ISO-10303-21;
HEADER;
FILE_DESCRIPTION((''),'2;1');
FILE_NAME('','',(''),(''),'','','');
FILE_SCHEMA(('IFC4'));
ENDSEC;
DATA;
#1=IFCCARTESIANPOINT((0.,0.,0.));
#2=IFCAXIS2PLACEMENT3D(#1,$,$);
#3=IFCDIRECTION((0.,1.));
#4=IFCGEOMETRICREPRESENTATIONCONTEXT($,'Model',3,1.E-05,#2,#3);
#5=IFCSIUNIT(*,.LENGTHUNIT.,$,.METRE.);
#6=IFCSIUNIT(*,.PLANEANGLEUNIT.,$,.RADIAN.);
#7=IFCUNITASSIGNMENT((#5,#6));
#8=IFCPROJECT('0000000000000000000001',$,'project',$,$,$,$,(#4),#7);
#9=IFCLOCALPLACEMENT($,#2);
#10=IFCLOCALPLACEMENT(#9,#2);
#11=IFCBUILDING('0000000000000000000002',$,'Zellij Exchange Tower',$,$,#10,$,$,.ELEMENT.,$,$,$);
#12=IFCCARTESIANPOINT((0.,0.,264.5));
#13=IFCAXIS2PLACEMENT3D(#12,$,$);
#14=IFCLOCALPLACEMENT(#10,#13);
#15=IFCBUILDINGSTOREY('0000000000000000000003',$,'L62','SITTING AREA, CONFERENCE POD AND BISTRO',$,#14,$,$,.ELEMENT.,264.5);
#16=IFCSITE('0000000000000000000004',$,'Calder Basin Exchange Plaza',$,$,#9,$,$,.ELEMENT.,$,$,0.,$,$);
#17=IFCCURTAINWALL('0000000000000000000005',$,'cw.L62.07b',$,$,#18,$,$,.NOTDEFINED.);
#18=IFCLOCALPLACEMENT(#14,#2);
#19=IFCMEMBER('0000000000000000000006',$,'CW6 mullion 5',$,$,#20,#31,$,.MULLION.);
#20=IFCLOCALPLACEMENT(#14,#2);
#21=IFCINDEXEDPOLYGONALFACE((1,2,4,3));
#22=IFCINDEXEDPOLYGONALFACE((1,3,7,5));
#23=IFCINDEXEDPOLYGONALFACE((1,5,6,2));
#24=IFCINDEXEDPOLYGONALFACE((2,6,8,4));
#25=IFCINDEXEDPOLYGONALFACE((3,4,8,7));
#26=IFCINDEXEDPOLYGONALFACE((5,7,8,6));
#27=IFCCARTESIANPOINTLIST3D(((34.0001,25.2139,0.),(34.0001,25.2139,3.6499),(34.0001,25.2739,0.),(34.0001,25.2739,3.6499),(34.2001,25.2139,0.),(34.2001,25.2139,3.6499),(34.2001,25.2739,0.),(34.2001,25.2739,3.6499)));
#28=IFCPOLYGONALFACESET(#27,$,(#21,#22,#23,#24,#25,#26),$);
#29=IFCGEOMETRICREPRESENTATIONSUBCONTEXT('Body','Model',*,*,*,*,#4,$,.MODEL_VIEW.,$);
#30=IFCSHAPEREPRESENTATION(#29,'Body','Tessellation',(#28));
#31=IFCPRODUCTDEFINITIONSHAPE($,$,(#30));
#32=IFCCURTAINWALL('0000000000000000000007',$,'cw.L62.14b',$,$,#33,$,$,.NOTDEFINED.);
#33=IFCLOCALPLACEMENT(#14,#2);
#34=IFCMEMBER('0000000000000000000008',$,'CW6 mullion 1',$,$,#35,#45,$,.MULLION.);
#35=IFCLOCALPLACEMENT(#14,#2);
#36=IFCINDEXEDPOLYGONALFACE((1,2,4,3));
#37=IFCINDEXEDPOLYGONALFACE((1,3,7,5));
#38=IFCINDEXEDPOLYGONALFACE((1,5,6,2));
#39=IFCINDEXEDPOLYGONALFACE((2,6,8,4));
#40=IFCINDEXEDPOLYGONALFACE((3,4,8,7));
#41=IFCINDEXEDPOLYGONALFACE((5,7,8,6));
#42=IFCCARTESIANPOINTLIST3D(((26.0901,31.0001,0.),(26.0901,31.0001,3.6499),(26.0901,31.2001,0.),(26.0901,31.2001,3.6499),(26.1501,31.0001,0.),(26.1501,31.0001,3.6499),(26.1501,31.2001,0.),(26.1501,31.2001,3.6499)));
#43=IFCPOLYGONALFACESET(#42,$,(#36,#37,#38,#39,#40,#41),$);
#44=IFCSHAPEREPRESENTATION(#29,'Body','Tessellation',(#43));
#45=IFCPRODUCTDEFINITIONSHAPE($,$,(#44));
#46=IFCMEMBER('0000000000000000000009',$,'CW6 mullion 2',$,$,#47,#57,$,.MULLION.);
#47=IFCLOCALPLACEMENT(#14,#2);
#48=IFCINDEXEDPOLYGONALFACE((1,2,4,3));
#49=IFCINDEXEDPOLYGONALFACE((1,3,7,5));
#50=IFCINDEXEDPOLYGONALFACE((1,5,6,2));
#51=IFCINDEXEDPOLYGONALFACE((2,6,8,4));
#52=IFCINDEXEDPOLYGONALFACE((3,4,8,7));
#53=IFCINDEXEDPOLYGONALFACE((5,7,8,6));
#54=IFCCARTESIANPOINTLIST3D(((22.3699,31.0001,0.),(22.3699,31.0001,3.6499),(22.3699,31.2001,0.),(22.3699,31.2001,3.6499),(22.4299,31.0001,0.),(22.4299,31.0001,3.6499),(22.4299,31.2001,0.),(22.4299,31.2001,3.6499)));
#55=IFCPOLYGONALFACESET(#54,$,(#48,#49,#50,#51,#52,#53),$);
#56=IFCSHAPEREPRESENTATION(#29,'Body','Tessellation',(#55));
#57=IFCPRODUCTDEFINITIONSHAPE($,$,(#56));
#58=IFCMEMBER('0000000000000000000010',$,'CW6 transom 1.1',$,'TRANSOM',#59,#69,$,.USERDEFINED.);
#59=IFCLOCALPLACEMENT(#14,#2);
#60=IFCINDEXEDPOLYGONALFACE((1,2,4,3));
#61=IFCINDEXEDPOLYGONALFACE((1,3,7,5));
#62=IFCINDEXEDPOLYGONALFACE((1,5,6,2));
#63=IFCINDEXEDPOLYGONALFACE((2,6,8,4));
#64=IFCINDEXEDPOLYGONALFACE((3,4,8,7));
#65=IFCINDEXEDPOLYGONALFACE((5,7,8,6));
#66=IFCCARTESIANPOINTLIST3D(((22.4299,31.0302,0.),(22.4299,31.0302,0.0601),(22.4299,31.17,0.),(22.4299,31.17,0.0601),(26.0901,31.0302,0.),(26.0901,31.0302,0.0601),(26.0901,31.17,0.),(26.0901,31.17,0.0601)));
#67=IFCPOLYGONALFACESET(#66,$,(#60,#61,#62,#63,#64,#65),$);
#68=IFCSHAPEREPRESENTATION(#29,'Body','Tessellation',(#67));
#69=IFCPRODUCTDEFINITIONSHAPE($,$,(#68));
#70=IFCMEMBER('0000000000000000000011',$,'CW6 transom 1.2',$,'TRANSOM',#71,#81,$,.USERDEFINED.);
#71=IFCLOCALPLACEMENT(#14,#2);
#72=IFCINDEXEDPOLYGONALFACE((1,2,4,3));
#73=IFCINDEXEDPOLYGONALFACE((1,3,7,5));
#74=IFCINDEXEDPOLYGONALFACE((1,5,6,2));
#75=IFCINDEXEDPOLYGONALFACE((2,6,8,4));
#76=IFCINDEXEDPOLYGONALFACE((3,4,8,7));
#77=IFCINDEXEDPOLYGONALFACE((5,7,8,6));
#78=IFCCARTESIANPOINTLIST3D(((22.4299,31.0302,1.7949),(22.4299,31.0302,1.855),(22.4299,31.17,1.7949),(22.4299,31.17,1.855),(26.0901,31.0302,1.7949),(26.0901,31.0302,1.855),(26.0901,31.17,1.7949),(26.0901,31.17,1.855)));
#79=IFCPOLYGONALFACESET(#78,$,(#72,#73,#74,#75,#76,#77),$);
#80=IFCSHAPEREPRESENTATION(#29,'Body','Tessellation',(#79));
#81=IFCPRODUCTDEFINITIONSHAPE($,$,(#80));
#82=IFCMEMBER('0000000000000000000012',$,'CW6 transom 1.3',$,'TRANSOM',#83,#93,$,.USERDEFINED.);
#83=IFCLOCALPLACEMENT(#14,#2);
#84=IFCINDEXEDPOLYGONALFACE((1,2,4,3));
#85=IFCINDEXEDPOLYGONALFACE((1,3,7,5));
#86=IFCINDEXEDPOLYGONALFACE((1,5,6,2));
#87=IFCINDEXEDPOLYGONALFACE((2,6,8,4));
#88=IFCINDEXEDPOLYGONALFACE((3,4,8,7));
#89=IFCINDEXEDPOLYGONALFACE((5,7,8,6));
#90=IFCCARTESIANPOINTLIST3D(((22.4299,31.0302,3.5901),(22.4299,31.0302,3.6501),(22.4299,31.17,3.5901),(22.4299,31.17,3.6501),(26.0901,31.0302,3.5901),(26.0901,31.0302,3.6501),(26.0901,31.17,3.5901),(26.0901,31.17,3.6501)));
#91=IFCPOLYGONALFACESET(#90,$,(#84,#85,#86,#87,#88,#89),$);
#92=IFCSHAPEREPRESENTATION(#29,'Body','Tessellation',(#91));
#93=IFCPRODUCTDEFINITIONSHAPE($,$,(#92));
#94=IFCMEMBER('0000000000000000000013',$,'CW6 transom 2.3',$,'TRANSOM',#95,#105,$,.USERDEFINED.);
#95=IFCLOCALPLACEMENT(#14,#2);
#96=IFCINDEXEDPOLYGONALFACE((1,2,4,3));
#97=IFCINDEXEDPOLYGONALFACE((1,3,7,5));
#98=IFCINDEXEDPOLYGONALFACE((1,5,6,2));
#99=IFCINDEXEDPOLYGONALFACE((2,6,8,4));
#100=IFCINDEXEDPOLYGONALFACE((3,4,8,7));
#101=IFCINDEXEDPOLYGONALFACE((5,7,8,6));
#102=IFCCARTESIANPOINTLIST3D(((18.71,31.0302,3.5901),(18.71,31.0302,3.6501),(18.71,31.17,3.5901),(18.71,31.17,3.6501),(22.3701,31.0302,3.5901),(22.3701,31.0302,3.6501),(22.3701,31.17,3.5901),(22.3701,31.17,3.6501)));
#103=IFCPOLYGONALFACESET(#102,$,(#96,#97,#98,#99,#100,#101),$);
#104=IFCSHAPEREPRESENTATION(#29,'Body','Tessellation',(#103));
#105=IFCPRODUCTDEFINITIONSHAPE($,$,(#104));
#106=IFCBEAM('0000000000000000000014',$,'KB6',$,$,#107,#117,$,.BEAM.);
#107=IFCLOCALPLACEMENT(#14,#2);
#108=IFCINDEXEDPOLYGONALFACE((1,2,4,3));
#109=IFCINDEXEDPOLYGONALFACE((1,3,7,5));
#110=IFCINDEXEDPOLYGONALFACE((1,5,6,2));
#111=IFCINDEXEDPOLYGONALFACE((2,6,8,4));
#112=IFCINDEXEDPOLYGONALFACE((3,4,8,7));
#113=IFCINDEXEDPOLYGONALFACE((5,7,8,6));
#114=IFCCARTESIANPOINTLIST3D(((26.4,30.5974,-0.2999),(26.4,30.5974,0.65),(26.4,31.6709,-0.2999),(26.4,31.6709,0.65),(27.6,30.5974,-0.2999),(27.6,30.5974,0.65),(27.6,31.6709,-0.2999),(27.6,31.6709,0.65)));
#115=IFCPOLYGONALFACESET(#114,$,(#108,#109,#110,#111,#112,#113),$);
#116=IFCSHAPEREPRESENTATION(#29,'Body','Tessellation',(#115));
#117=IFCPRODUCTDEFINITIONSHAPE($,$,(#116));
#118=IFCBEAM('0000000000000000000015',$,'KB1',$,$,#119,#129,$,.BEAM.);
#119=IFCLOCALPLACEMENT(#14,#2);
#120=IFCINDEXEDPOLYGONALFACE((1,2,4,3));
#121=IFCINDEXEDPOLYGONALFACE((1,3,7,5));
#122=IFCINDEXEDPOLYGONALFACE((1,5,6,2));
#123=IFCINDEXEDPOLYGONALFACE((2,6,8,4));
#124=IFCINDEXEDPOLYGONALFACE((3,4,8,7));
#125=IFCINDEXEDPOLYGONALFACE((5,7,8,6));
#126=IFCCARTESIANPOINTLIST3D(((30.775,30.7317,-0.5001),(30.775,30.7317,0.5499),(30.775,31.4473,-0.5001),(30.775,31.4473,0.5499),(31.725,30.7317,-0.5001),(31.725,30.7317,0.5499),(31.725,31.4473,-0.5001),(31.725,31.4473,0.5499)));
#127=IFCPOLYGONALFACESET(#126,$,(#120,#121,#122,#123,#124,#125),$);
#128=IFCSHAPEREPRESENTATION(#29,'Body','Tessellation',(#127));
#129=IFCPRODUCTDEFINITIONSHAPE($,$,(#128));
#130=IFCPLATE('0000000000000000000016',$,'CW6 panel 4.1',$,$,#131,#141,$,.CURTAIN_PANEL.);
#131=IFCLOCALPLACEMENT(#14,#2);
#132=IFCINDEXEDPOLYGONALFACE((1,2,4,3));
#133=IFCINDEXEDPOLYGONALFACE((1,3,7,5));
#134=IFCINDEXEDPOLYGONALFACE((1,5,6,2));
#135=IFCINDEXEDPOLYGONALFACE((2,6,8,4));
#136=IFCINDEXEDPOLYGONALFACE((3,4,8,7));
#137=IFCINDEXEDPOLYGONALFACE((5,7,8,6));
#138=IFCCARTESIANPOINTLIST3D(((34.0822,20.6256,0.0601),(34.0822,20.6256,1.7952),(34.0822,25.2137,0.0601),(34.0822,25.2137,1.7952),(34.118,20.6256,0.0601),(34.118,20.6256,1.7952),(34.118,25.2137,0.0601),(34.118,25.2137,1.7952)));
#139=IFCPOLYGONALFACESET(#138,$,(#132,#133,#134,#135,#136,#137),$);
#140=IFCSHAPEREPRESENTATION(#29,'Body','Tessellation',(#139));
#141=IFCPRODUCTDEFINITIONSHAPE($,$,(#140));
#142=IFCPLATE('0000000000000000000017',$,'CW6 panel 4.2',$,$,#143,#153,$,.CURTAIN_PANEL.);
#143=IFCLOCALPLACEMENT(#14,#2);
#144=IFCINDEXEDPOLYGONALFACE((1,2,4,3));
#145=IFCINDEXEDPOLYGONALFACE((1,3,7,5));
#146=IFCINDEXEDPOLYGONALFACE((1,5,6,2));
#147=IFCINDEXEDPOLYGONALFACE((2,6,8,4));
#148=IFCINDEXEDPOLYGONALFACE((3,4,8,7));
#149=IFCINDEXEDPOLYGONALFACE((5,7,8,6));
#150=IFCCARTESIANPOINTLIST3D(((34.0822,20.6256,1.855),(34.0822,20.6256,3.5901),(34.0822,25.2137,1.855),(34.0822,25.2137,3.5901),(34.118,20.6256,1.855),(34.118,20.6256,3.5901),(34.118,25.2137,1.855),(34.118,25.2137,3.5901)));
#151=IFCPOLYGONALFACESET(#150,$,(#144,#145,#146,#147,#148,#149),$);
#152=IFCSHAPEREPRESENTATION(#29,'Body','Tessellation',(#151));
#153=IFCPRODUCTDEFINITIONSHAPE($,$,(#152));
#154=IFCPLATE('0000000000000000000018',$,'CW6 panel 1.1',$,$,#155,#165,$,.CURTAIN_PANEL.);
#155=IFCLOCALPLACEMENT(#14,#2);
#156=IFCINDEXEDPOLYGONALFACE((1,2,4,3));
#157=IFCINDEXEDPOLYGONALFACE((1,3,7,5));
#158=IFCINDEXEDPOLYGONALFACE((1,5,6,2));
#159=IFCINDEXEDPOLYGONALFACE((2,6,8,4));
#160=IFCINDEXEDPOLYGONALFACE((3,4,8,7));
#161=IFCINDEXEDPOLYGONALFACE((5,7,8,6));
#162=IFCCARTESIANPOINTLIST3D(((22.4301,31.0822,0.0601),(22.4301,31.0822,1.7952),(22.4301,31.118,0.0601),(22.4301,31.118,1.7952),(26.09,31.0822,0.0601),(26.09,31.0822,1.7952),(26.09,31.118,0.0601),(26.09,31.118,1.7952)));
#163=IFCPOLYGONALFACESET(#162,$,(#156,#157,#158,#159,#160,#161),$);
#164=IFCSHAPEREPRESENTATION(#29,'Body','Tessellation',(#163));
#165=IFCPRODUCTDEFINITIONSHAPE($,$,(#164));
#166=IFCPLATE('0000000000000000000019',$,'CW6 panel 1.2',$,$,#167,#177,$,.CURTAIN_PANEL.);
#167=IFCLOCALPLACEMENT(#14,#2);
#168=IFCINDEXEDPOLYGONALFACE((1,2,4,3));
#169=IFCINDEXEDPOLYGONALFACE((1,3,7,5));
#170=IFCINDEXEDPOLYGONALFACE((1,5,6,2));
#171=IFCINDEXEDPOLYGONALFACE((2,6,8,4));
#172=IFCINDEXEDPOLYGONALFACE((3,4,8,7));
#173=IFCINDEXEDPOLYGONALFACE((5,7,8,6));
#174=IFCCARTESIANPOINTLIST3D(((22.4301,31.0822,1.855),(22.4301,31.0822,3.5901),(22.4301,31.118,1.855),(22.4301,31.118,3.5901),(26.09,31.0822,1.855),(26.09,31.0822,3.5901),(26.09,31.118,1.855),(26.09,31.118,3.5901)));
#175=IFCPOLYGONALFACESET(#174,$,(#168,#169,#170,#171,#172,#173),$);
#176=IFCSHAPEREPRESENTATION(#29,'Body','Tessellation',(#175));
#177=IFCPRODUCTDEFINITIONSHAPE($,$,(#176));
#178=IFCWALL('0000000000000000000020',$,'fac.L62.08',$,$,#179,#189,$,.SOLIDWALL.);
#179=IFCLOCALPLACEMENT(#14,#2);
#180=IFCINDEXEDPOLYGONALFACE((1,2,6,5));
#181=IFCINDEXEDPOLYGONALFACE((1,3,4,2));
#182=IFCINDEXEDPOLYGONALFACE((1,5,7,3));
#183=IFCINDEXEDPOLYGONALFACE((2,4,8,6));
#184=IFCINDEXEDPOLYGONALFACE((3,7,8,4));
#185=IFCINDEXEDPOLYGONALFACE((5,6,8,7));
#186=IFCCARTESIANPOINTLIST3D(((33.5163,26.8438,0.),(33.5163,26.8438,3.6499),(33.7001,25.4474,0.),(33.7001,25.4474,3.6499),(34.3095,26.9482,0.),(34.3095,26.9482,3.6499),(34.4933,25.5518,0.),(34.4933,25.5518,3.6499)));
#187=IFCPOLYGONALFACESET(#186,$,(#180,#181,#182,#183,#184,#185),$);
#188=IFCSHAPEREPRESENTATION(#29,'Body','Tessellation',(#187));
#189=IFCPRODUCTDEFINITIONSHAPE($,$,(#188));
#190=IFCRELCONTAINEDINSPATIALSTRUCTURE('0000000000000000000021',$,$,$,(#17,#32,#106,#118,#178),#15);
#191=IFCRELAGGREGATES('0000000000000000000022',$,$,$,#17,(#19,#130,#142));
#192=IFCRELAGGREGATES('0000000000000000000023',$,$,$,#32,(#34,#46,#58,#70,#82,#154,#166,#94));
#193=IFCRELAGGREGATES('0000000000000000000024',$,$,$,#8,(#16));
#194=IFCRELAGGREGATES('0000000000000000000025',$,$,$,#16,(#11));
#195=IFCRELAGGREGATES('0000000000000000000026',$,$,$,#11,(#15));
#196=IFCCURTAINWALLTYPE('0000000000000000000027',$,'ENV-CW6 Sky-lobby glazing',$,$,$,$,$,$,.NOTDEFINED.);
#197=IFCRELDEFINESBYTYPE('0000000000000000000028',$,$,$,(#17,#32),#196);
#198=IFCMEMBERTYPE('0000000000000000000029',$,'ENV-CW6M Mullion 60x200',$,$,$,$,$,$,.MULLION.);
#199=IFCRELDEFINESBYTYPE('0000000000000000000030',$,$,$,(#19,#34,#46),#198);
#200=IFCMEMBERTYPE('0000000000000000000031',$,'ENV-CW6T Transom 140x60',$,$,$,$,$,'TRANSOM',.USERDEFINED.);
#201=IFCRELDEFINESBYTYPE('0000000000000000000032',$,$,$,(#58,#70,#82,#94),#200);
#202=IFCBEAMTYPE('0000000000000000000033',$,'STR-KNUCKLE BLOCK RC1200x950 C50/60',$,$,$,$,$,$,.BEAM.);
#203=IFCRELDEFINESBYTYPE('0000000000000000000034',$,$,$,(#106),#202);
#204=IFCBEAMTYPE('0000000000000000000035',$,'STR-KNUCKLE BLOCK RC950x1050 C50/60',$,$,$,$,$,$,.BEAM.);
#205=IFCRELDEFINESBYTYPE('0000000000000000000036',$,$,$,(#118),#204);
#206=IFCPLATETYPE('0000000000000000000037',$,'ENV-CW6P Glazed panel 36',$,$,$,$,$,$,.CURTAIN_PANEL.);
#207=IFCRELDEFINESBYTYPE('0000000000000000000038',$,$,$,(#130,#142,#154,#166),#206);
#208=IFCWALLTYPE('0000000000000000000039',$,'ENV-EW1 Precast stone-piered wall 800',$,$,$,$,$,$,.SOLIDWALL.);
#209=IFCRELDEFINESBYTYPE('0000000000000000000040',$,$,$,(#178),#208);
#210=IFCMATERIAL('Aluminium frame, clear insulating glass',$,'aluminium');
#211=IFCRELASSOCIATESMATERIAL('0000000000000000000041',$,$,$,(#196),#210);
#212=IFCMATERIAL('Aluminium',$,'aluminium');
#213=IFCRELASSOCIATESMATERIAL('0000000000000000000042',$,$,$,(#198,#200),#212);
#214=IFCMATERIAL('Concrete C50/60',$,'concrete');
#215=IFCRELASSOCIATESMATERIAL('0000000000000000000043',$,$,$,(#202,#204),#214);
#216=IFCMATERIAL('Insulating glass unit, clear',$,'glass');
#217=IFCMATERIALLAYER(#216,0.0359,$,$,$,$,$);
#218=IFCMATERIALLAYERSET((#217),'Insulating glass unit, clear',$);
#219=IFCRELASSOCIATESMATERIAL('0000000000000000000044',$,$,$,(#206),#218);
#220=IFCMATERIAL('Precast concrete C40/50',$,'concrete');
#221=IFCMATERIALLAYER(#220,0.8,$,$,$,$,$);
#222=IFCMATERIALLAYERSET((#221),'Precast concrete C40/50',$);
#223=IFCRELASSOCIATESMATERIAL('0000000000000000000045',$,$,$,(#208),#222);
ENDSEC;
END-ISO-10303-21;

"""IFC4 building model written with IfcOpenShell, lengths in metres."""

from ifc_helpers import new_model, si_unit, direction, frame, frame_2d, origin, origin_2d, place, context, subcontext, project, spatial, rectangle, extrude, material, layer, layer_set, material_profile, profile_set, type_object, element, aggregate, save


model = new_model("IFC4")

# Units and contexts
model_context = context("Model", 3, precision=1e-05, world=origin(), true_north=direction((0.0, 1.0)))
body_context = subcontext(model_context, "Body", "Model", "MODEL_VIEW")
ifc_project = project(units=[si_unit("LENGTHUNIT", "METRE"), si_unit("PLANEANGLEUNIT", "RADIAN")], contexts=[model_context])

# Site, building, storey
site_placement = place(None, origin())
site = spatial("IfcSite", under=ifc_project, at=site_placement, Name="Calder Basin Exchange Plaza", CompositionType="ELEMENT", RefElevation=0.0)
building_placement = place(site_placement, origin())
building = spatial("IfcBuilding", under=site, at=building_placement, Name="Zellij Exchange Tower", CompositionType="ELEMENT")
storey_placement = place(building_placement, frame((0.0, 0.0, 264.5)))
storey = spatial("IfcBuildingStorey", under=building, at=storey_placement, Name="L62", Description="SITTING AREA, CONFERENCE POD AND BISTRO", CompositionType="ELEMENT", Elevation=264.5)

# Shared definitions
ifc_material_1 = material(Name="Concrete C50/60", Category="concrete")

# Curtain wall, member
ifc_material_2 = material(Name="Aluminium frame, clear insulating glass", Category="aluminium")
curtain_wall_type = type_object("IfcCurtainWallType", Name="ENV-CW6 Sky-lobby glazing", PredefinedType="NOTDEFINED", material=ifc_material_2)
curtain_wall_1_placement = place(storey_placement, origin())
curtain_wall_1 = element("IfcCurtainWall", 1, at=curtain_wall_1_placement, inside=storey, type_object=curtain_wall_type, Name="cw.L62.07b", PredefinedType="NOTDEFINED")
ifc_material_3 = material(Name="Aluminium", Category="aluminium")
ifc_material_profile_1 = material_profile(ifc_material_3, rectangle(XDim=0.0601, YDim=0.2, at=origin_2d()), Name="AL 60x200")
ifc_profile_set_1 = profile_set([ifc_material_profile_1], Name="Aluminium")
member_type_1 = type_object("IfcMemberType", Name="ENV-CW6M Mullion 60x200", PredefinedType="MULLION", material=ifc_profile_set_1)
member_1_placement = place(storey_placement, frame((34.1001, 25.2439, 0.0), z_axis=(0.0, 0.0, 1.0), x_axis=(0.0, 1.0, 0.0)))
member_1 = element("IfcMember", 2, at=member_1_placement, type_object=member_type_1, Name="CW6 mullion 5", PredefinedType="MULLION", context=body_context, shape_type="SweptSolid", body=[
    extrude(rectangle(XDim=0.0601, YDim=0.2, at=origin_2d()), origin(), (0.0, 0.0, 1.0), 3.6499),
])

# Curtain wall, members
curtain_wall_2_placement = place(storey_placement, origin())
curtain_wall_2 = element("IfcCurtainWall", 3, at=curtain_wall_2_placement, inside=storey, type_object=curtain_wall_type, Name="cw.L62.14b", PredefinedType="NOTDEFINED")
member_2_placement = place(storey_placement, frame((26.1201, 31.1001, 0.0), z_axis=(0.0, 0.0, 1.0), x_axis=(-1.0, 0.0, 0.0)))
member_2 = element("IfcMember", 4, at=member_2_placement, type_object=member_type_1, Name="CW6 mullion 1", PredefinedType="MULLION", context=body_context, shape_type="SweptSolid", body=[
    extrude(rectangle(XDim=0.0601, YDim=0.2, at=origin_2d()), origin(), (0.0, 0.0, 1.0), 3.6499),
])
member_3_placement = place(storey_placement, frame((22.3999, 31.1001, 0.0), z_axis=(0.0, 0.0, 1.0), x_axis=(-1.0, 0.0, 0.0)))
member_3 = element("IfcMember", 5, at=member_3_placement, type_object=member_type_1, Name="CW6 mullion 2", PredefinedType="MULLION", context=body_context, shape_type="SweptSolid", body=[
    extrude(rectangle(XDim=0.0601, YDim=0.2, at=origin_2d()), origin(), (0.0, 0.0, 1.0), 3.6499),
])
ifc_material_profile_2 = material_profile(ifc_material_3, rectangle(XDim=0.1399, YDim=0.0601, at=origin_2d()), Name="AL 140x60")
ifc_profile_set_2 = profile_set([ifc_material_profile_2], Name="Aluminium")
member_type_2 = type_object("IfcMemberType", Name="ENV-CW6T Transom 140x60", ElementType="TRANSOM", PredefinedType="USERDEFINED", material=ifc_profile_set_2)
member_4_placement = place(storey_placement, frame((26.0901, 31.1001, 0.03), z_axis=(-1.0, 0.0, 0.0), x_axis=(0.0, -1.0, 0.0)))
member_4 = element("IfcMember", 6, at=member_4_placement, type_object=member_type_2, Name="CW6 transom 1.1", ObjectType="TRANSOM", PredefinedType="USERDEFINED", context=body_context, shape_type="SweptSolid", body=[
    extrude(rectangle(XDim=0.1399, YDim=0.0601, at=origin_2d()), origin(), (0.0, 0.0, 1.0), 3.6602),
])
member_5_placement = place(storey_placement, frame((26.0901, 31.1001, 1.825), z_axis=(-1.0, 0.0, 0.0), x_axis=(0.0, -1.0, 0.0)))
member_5 = element("IfcMember", 7, at=member_5_placement, type_object=member_type_2, Name="CW6 transom 1.2", ObjectType="TRANSOM", PredefinedType="USERDEFINED", context=body_context, shape_type="SweptSolid", body=[
    extrude(rectangle(XDim=0.1399, YDim=0.0601, at=origin_2d()), origin(), (0.0, 0.0, 1.0), 3.6602),
])
member_6_placement = place(storey_placement, frame((26.0901, 31.1001, 3.6201), z_axis=(-1.0, 0.0, 0.0), x_axis=(0.0, -1.0, 0.0)))
member_6 = element("IfcMember", 8, at=member_6_placement, type_object=member_type_2, Name="CW6 transom 1.3", ObjectType="TRANSOM", PredefinedType="USERDEFINED", context=body_context, shape_type="SweptSolid", body=[
    extrude(rectangle(XDim=0.1399, YDim=0.0601, at=origin_2d()), origin(), (0.0, 0.0, 1.0), 3.6602),
])
member_7_placement = place(storey_placement, frame((22.3701, 31.1001, 3.6201), z_axis=(-1.0, 0.0, 0.0), x_axis=(0.0, -1.0, 0.0)))
member_7 = element("IfcMember", 9, at=member_7_placement, type_object=member_type_2, Name="CW6 transom 2.3", ObjectType="TRANSOM", PredefinedType="USERDEFINED", context=body_context, shape_type="SweptSolid", body=[
    extrude(rectangle(XDim=0.1399, YDim=0.0601, at=origin_2d()), origin(), (0.0, 0.0, 1.0), 3.6602),
])

# Beams
ifc_material_profile_3 = material_profile(ifc_material_1, rectangle(XDim=1.2, YDim=0.95, at=origin_2d()), Name="STR-KNUCKLE BLOCK RC1200x950 C50/60")
ifc_profile_set_3 = profile_set([ifc_material_profile_3], Name="Concrete C50/60")
beam_type_1 = type_object("IfcBeamType", Name="STR-KNUCKLE BLOCK RC1200x950 C50/60", PredefinedType="BEAM", material=ifc_profile_set_3)
beam_1_placement = place(storey_placement, frame((27.0, 30.5974, 0.175), z_axis=(0.0, 1.0, 0.0), x_axis=(-1.0, 0.0, 0.0)))
element("IfcBeam", 10, at=beam_1_placement, inside=storey, type_object=beam_type_1, Name="KB6", PredefinedType="BEAM", context=body_context, shape_type="SweptSolid", body=[
    extrude(rectangle(XDim=1.2, YDim=0.95, at=origin_2d()), origin(), (0.0, 0.0, 1.0), 1.0735),
])
ifc_material_profile_4 = material_profile(ifc_material_1, rectangle(XDim=0.95, YDim=1.05, at=origin_2d()), Name="STR-KNUCKLE BLOCK RC950x1050 C50/60")
ifc_profile_set_4 = profile_set([ifc_material_profile_4], Name="Concrete C50/60")
beam_type_2 = type_object("IfcBeamType", Name="STR-KNUCKLE BLOCK RC950x1050 C50/60", PredefinedType="BEAM", material=ifc_profile_set_4)
beam_2_placement = place(storey_placement, frame((31.25, 30.7317, 0.0249), z_axis=(0.0, 1.0, 0.0), x_axis=(-1.0, 0.0, 0.0)))
element("IfcBeam", 11, at=beam_2_placement, inside=storey, type_object=beam_type_2, Name="KB1", PredefinedType="BEAM", context=body_context, shape_type="SweptSolid", body=[
    extrude(rectangle(XDim=0.95, YDim=1.05, at=origin_2d()), origin(), (0.0, 0.0, 1.0), 0.7156),
])

# Plates
ifc_material_4 = material(Name="Insulating glass unit, clear", Category="glass")
ifc_layer_1 = layer(ifc_material_4, 0.0359)
ifc_layer_set_1 = layer_set([ifc_layer_1], Name="Insulating glass unit, clear")
plate_type = type_object("IfcPlateType", Name="ENV-CW6P Glazed panel 36", PredefinedType="CURTAIN_PANEL", material=ifc_layer_set_1)
plate_1_placement = place(storey_placement, frame((34.1001, 22.9197, 0.0601), z_axis=(0.0, 0.0, 1.0), x_axis=(0.0, 1.0, 0.0)))
plate_1 = element("IfcPlate", 12, at=plate_1_placement, type_object=plate_type, Name="CW6 panel 4.1", PredefinedType="CURTAIN_PANEL", context=body_context, shape_type="SweptSolid", body=[
    extrude(rectangle(XDim=4.5881, YDim=0.0359, at=origin_2d()), origin(), (0.0, 0.0, 1.0), 1.7351),
])
plate_2_placement = place(storey_placement, frame((34.1001, 22.9197, 1.855), z_axis=(0.0, 0.0, 1.0), x_axis=(0.0, 1.0, 0.0)))
plate_2 = element("IfcPlate", 13, at=plate_2_placement, type_object=plate_type, Name="CW6 panel 4.2", PredefinedType="CURTAIN_PANEL", context=body_context, shape_type="SweptSolid", body=[
    extrude(rectangle(XDim=4.5881, YDim=0.0359, at=origin_2d()), origin(), (0.0, 0.0, 1.0), 1.7351),
])
aggregate(curtain_wall_1, [member_1, plate_1, plate_2])
plate_3_placement = place(storey_placement, frame((24.26, 31.1001, 0.0601), z_axis=(0.0, 0.0, 1.0), x_axis=(-1.0, 0.0, 0.0)))
plate_3 = element("IfcPlate", 14, at=plate_3_placement, type_object=plate_type, Name="CW6 panel 1.1", PredefinedType="CURTAIN_PANEL", context=body_context, shape_type="SweptSolid", body=[
    extrude(rectangle(XDim=3.6599, YDim=0.0359, at=origin_2d()), origin(), (0.0, 0.0, 1.0), 1.7351),
])
plate_4_placement = place(storey_placement, frame((24.26, 31.1001, 1.855), z_axis=(0.0, 0.0, 1.0), x_axis=(-1.0, 0.0, 0.0)))
plate_4 = element("IfcPlate", 15, at=plate_4_placement, type_object=plate_type, Name="CW6 panel 1.2", PredefinedType="CURTAIN_PANEL", context=body_context, shape_type="SweptSolid", body=[
    extrude(rectangle(XDim=3.6599, YDim=0.0359, at=origin_2d()), origin(), (0.0, 0.0, 1.0), 1.7351),
])
aggregate(curtain_wall_2, [member_2, member_3, member_4, member_5, member_6, plate_3, plate_4, member_7])

# Wall
ifc_material_5 = material(Name="Precast concrete C40/50", Category="concrete")
ifc_layer_2 = layer(ifc_material_5, 0.8)
ifc_layer_set_2 = layer_set([ifc_layer_2], Name="Precast concrete C40/50")
wall_type_1 = type_object("IfcWallType", Name="ENV-EW1 Precast stone-piered wall 800", PredefinedType="SOLIDWALL", material=ifc_layer_set_2)
wall_1_placement = place(storey_placement, frame((34.0967, 25.4998, 0.0), z_axis=(0.0, 0.0, 1.0), x_axis=(-0.130517, 0.991446, 0.0)))
element("IfcWall", 16, at=wall_1_placement, inside=storey, type_object=wall_type_1, Name="fac.L62.08", PredefinedType="SOLIDWALL", context=body_context, shape_type="SweptSolid", body=[
    extrude(rectangle(XDim=1.4084, YDim=0.8, at=frame_2d((0.7041, 0.0))), origin(), (0.0, 0.0, 1.0), 3.6499),
])

save(model, "model.ifc")
